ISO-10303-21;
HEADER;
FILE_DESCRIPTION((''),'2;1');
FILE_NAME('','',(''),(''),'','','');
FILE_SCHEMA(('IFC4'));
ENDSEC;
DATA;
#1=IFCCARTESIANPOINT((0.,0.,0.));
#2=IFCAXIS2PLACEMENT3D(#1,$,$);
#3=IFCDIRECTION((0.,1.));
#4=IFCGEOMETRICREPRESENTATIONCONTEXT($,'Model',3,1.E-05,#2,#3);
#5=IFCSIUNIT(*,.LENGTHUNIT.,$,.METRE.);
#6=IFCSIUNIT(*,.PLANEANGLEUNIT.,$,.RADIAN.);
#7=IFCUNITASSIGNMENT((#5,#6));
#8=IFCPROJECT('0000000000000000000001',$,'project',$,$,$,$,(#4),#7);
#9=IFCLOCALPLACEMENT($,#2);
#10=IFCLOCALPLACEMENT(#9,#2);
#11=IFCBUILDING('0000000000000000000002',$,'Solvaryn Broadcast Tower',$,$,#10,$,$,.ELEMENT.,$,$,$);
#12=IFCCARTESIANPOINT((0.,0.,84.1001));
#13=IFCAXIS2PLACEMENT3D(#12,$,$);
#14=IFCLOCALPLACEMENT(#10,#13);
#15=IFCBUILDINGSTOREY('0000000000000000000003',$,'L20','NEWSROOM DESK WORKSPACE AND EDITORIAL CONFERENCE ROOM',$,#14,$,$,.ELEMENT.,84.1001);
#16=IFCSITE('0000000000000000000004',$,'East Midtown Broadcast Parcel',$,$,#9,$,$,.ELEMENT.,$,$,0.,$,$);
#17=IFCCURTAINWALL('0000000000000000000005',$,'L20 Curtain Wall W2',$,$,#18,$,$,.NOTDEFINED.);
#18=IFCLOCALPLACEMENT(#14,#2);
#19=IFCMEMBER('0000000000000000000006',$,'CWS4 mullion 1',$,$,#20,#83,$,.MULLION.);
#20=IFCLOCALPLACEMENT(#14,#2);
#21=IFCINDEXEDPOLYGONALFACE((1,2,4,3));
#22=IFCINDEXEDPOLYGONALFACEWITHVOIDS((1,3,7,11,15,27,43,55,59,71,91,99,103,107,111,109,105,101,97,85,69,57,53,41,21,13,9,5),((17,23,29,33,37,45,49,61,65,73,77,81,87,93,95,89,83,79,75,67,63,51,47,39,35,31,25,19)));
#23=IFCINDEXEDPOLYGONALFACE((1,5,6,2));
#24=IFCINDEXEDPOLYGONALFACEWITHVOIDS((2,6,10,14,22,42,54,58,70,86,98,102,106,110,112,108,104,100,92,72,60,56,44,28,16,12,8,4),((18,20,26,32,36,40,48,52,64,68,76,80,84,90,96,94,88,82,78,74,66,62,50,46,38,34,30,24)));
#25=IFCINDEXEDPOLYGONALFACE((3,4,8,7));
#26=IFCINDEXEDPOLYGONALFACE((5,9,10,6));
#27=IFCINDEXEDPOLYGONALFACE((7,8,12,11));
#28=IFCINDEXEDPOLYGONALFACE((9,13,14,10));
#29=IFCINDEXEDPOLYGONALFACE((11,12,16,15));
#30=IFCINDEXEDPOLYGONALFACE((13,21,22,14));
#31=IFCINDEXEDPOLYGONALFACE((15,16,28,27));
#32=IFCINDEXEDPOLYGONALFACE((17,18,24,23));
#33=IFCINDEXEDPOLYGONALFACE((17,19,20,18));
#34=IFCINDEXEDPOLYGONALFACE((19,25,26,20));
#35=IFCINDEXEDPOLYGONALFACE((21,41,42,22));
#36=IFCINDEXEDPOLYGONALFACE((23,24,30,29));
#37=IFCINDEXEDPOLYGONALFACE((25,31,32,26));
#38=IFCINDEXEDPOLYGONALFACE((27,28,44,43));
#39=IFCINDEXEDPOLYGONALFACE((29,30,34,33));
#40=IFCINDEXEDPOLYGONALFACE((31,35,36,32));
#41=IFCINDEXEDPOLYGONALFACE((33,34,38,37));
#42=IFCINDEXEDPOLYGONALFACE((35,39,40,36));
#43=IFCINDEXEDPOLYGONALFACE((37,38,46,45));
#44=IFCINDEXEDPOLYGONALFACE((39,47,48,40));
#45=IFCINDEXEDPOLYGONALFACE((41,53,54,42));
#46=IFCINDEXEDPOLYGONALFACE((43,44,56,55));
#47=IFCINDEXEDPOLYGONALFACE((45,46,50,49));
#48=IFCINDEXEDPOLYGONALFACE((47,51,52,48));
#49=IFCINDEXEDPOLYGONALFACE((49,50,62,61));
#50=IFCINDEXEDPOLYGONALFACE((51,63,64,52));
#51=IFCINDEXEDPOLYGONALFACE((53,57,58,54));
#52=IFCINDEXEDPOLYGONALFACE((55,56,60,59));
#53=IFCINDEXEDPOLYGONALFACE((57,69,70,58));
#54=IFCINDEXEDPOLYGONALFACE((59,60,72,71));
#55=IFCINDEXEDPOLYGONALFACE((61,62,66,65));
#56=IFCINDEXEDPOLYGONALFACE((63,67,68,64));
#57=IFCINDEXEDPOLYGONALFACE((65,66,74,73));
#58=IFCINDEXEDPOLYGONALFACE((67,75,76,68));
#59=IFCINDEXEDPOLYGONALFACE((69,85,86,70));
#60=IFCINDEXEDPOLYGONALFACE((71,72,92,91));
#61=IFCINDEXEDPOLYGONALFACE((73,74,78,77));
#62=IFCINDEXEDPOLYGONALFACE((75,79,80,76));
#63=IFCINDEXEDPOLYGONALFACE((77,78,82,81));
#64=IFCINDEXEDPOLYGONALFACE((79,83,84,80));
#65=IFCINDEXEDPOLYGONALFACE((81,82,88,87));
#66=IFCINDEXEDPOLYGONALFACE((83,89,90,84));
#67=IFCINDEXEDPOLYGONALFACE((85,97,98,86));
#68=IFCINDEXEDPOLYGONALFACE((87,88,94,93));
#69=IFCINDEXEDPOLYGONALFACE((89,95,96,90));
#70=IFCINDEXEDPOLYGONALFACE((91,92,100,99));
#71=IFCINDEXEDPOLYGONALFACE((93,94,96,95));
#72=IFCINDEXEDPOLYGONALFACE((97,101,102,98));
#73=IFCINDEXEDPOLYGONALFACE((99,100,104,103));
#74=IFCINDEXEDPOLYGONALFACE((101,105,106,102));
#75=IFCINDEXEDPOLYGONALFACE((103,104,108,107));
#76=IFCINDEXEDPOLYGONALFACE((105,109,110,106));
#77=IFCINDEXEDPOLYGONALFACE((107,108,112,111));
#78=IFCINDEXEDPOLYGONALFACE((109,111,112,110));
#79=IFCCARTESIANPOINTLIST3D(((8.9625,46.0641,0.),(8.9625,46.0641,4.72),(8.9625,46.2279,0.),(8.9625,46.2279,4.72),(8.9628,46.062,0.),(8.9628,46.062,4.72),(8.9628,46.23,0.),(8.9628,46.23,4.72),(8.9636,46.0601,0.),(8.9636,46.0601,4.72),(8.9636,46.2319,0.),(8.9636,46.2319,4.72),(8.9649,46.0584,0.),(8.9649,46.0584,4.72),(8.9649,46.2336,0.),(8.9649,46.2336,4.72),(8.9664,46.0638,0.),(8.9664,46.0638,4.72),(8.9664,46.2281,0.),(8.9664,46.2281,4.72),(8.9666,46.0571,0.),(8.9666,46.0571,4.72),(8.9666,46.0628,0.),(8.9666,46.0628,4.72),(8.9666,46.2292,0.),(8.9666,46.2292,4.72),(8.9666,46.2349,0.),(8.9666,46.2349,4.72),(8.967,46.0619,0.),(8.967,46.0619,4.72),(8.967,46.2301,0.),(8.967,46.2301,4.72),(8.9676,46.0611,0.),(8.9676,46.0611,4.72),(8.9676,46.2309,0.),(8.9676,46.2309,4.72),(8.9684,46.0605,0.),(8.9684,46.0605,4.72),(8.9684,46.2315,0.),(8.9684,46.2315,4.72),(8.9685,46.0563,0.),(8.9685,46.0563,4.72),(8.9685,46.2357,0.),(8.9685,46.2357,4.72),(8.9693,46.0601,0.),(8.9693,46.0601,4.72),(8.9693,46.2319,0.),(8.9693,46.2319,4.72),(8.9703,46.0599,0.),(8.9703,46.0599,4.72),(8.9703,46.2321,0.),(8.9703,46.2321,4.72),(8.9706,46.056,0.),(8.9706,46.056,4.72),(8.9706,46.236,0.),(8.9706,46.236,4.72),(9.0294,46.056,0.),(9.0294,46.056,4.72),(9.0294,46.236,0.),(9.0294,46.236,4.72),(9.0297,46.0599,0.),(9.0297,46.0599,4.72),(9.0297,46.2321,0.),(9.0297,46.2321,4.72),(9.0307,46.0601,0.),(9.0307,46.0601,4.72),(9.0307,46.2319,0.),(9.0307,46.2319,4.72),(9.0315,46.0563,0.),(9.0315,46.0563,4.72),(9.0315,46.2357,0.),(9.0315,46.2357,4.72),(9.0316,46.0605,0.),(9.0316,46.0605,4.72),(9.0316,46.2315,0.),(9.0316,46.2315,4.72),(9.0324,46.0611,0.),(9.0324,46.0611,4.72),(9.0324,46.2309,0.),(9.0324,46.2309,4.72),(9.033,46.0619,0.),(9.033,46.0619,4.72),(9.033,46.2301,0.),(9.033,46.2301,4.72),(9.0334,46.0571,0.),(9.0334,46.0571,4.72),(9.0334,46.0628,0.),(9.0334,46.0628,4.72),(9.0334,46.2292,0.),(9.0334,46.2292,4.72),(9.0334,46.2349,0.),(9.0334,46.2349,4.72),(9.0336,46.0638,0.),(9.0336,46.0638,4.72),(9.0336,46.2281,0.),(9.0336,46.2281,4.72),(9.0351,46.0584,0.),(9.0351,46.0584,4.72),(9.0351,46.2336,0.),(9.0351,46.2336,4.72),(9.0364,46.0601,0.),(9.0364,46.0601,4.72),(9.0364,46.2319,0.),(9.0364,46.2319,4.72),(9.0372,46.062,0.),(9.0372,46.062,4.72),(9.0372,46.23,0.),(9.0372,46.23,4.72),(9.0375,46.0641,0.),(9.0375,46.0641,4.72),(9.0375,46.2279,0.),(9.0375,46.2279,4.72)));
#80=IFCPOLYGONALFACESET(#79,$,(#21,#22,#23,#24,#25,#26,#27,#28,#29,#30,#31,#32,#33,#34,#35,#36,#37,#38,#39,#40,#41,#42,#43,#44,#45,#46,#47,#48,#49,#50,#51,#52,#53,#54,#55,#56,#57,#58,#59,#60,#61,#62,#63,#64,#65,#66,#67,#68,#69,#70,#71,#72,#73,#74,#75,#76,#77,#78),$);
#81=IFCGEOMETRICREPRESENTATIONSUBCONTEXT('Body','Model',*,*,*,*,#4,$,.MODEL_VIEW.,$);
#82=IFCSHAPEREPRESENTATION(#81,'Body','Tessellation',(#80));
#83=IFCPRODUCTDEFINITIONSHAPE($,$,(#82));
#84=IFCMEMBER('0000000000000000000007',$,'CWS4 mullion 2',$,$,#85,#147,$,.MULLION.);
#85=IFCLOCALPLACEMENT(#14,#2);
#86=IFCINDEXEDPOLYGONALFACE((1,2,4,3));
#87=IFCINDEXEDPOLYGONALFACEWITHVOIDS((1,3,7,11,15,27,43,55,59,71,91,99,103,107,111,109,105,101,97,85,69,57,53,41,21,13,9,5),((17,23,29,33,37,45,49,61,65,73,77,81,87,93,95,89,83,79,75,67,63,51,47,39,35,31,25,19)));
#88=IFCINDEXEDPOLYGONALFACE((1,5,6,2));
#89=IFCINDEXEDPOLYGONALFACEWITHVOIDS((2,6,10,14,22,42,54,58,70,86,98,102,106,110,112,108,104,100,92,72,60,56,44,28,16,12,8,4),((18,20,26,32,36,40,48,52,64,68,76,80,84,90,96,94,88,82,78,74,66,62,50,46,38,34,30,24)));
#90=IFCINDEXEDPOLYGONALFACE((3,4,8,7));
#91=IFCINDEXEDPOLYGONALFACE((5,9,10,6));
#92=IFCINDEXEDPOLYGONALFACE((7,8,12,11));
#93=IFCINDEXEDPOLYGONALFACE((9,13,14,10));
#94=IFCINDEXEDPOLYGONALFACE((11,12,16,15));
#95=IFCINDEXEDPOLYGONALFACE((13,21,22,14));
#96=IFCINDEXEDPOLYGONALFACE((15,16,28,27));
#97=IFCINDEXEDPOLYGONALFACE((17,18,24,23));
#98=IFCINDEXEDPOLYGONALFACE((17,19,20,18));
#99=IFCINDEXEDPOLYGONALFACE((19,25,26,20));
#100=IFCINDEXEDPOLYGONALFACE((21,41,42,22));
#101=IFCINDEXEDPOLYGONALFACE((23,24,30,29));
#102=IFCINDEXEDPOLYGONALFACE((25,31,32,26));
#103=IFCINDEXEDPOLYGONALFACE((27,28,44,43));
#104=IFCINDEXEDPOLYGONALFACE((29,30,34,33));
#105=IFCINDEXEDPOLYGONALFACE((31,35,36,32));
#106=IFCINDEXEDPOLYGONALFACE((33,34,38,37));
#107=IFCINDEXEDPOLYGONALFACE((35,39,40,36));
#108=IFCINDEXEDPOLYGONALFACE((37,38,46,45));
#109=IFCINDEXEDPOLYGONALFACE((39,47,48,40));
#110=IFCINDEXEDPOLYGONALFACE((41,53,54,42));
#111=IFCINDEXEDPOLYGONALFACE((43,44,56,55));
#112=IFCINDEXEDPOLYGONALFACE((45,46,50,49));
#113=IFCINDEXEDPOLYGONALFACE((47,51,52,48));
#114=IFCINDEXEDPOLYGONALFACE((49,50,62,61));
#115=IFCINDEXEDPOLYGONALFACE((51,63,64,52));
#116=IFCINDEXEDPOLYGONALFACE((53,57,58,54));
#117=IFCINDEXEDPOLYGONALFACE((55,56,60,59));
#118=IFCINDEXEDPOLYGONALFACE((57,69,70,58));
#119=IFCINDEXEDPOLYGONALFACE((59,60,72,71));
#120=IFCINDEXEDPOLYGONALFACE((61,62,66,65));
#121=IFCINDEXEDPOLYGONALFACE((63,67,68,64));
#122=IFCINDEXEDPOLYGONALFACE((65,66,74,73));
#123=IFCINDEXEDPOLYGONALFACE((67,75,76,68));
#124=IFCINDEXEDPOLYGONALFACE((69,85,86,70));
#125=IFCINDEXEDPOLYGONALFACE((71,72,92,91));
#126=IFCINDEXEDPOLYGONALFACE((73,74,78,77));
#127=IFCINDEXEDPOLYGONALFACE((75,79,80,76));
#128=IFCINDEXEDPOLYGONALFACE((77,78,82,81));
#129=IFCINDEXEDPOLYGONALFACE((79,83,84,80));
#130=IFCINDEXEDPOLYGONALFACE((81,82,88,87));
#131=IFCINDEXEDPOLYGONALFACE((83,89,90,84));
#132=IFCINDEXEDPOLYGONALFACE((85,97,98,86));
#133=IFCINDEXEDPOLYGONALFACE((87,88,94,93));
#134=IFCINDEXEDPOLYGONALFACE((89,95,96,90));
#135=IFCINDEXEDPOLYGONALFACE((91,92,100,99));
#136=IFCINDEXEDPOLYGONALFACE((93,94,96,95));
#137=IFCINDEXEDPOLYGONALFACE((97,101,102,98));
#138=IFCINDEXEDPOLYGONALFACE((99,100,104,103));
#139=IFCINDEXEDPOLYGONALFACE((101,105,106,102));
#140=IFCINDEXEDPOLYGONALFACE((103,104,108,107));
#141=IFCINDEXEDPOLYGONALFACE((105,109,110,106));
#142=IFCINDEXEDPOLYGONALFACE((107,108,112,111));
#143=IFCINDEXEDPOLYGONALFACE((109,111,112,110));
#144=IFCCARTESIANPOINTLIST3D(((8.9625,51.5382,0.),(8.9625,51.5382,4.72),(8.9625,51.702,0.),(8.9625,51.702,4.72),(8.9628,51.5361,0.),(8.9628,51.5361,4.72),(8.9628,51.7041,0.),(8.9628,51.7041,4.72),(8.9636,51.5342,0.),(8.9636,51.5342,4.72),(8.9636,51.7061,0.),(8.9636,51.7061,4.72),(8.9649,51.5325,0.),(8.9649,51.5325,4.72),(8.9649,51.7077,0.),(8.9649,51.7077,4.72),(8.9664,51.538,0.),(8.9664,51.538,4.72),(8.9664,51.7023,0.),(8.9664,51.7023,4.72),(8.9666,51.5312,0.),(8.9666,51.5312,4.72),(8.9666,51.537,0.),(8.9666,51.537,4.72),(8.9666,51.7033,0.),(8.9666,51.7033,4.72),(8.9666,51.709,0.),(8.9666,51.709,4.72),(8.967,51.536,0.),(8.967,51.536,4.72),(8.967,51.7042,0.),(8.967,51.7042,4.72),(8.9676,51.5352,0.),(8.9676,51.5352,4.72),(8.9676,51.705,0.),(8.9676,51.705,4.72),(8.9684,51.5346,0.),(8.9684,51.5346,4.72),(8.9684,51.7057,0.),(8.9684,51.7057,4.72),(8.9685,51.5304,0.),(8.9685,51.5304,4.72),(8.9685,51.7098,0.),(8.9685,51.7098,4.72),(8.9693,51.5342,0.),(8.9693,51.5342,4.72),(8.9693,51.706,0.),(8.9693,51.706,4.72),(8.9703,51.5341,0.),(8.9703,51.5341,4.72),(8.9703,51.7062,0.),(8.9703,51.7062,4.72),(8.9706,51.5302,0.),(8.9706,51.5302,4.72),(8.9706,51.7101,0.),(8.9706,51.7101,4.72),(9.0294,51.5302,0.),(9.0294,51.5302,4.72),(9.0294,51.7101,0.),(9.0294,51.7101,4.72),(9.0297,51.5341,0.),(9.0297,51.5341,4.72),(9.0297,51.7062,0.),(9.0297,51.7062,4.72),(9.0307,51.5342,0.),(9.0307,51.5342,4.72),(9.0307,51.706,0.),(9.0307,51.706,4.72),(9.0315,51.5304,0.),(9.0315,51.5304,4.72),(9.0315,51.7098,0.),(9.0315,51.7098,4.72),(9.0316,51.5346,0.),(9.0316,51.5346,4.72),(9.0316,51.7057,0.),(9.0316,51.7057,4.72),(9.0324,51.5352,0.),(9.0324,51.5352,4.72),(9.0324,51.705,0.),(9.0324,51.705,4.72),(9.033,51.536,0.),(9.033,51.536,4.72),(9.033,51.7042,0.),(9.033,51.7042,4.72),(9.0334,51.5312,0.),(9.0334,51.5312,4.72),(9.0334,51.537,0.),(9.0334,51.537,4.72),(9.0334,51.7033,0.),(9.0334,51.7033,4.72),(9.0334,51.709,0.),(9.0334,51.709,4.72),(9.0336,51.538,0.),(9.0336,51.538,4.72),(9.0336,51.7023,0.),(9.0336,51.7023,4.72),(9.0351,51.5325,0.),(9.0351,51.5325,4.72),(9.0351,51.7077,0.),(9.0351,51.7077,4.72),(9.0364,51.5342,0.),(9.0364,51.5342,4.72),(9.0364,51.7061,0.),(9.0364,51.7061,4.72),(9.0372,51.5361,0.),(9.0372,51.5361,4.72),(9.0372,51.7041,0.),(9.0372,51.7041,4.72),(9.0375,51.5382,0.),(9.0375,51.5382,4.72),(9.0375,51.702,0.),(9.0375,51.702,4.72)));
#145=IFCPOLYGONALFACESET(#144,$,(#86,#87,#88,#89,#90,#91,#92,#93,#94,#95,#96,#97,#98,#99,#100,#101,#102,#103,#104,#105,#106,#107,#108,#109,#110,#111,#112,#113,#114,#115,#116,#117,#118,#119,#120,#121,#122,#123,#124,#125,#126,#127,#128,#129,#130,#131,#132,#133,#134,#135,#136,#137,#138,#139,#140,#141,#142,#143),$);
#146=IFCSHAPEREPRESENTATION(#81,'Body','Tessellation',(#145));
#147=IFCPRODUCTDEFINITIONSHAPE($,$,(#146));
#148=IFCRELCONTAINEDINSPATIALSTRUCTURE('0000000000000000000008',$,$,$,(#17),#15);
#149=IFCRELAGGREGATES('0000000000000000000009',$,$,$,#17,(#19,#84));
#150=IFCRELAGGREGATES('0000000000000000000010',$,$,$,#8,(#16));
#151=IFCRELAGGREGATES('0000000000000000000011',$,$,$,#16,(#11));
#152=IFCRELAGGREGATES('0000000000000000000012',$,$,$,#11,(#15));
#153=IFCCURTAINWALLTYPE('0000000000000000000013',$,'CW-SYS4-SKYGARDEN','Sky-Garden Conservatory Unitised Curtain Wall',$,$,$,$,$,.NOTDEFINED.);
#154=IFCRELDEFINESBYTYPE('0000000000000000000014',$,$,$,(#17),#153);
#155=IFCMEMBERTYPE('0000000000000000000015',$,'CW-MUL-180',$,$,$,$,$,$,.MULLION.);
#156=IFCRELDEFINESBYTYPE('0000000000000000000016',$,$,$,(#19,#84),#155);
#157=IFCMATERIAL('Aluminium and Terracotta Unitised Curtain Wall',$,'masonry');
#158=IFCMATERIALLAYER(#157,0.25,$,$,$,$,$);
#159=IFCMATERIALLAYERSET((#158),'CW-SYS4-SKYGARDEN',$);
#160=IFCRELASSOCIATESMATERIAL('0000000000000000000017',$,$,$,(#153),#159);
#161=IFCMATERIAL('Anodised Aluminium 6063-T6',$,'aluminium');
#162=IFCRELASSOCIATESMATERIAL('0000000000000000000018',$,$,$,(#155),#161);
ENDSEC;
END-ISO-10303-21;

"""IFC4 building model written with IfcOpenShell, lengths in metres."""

from ifc_helpers import new_model, si_unit, direction, frame, origin, origin_2d, place, context, subcontext, project, spatial, hollow_rectangle, extrude, material, layer, layer_set, material_profile, profile_set, type_object, element, aggregate, save


model = new_model("IFC4")

# Units and contexts
model_context = context("Model", 3, precision=1e-05, world=origin(), true_north=direction((0.0, 1.0)))
body_context = subcontext(model_context, "Body", "Model", "MODEL_VIEW")
ifc_project = project(units=[si_unit("LENGTHUNIT", "METRE"), si_unit("PLANEANGLEUNIT", "RADIAN")], contexts=[model_context])

# Site, building, storey
site_placement = place(None, origin())
site = spatial("IfcSite", under=ifc_project, at=site_placement, Name="East Midtown Broadcast Parcel", CompositionType="ELEMENT", RefElevation=0.0)
building_placement = place(site_placement, origin())
building = spatial("IfcBuilding", under=site, at=building_placement, Name="Solvaryn Broadcast Tower", CompositionType="ELEMENT")
storey_placement = place(building_placement, frame((0.0, 0.0, 84.1001)))
storey = spatial("IfcBuildingStorey", under=building, at=storey_placement, Name="L20", Description="NEWSROOM DESK WORKSPACE AND EDITORIAL CONFERENCE ROOM", CompositionType="ELEMENT", Elevation=84.1001)

# Shared definitions
ifc_material_1 = material(Name="Aluminium and Terracotta Unitised Curtain Wall", Category="masonry")
ifc_layer_1 = layer(ifc_material_1, 0.25)
ifc_layer_set_1 = layer_set([ifc_layer_1], Name="CW-SYS4-SKYGARDEN")
curtain_wall_type = type_object("IfcCurtainWallType", Name="CW-SYS4-SKYGARDEN", Description="Sky-Garden Conservatory Unitised Curtain Wall", PredefinedType="NOTDEFINED", material=ifc_layer_set_1)
ifc_material_2 = material(Name="Anodised Aluminium 6063-T6", Category="aluminium")
ifc_material_profile_1 = material_profile(ifc_material_2, hollow_rectangle(XDim=0.075, YDim=0.1799, WallThickness=0.0039, InnerFilletRadius=0.0039, OuterFilletRadius=0.0081, at=origin_2d()))
ifc_profile_set_1 = profile_set([ifc_material_profile_1], Name="Anodised Aluminium 6063-T6")
member_type_1 = type_object("IfcMemberType", Name="CW-MUL-180", PredefinedType="MULLION", material=ifc_profile_set_1)

# Curtain wall, members
curtain_wall_1_placement = place(storey_placement, origin())
curtain_wall_1 = element("IfcCurtainWall", 1, at=curtain_wall_1_placement, inside=storey, type_object=curtain_wall_type, Name="L20 Curtain Wall W2", PredefinedType="NOTDEFINED")
member_1_placement = place(storey_placement, frame((9.0, 46.146, 0.0), z_axis=(0.0, 0.0, 1.0), x_axis=(-1.0, 0.0, 0.0)))
member_1 = element("IfcMember", 2, at=member_1_placement, type_object=member_type_1, Name="CWS4 mullion 1", PredefinedType="MULLION", context=body_context, shape_type="SweptSolid", body=[
    extrude(hollow_rectangle(XDim=0.075, YDim=0.1799, WallThickness=0.0039, InnerFilletRadius=0.0039, OuterFilletRadius=0.0081, at=origin_2d()), origin(), (0.0, 0.0, 1.0), 4.72),
])
member_2_placement = place(storey_placement, frame((9.0, 51.6201, 0.0), z_axis=(0.0, 0.0, 1.0), x_axis=(-1.0, 0.0, 0.0)))
member_2 = element("IfcMember", 3, at=member_2_placement, type_object=member_type_1, Name="CWS4 mullion 2", PredefinedType="MULLION", context=body_context, shape_type="SweptSolid", body=[
    extrude(hollow_rectangle(XDim=0.075, YDim=0.1799, WallThickness=0.0039, InnerFilletRadius=0.0039, OuterFilletRadius=0.0081, at=origin_2d()), origin(), (0.0, 0.0, 1.0), 4.72),
])

aggregate(curtain_wall_1, [member_1, member_2])

save(model, "model.ifc")
